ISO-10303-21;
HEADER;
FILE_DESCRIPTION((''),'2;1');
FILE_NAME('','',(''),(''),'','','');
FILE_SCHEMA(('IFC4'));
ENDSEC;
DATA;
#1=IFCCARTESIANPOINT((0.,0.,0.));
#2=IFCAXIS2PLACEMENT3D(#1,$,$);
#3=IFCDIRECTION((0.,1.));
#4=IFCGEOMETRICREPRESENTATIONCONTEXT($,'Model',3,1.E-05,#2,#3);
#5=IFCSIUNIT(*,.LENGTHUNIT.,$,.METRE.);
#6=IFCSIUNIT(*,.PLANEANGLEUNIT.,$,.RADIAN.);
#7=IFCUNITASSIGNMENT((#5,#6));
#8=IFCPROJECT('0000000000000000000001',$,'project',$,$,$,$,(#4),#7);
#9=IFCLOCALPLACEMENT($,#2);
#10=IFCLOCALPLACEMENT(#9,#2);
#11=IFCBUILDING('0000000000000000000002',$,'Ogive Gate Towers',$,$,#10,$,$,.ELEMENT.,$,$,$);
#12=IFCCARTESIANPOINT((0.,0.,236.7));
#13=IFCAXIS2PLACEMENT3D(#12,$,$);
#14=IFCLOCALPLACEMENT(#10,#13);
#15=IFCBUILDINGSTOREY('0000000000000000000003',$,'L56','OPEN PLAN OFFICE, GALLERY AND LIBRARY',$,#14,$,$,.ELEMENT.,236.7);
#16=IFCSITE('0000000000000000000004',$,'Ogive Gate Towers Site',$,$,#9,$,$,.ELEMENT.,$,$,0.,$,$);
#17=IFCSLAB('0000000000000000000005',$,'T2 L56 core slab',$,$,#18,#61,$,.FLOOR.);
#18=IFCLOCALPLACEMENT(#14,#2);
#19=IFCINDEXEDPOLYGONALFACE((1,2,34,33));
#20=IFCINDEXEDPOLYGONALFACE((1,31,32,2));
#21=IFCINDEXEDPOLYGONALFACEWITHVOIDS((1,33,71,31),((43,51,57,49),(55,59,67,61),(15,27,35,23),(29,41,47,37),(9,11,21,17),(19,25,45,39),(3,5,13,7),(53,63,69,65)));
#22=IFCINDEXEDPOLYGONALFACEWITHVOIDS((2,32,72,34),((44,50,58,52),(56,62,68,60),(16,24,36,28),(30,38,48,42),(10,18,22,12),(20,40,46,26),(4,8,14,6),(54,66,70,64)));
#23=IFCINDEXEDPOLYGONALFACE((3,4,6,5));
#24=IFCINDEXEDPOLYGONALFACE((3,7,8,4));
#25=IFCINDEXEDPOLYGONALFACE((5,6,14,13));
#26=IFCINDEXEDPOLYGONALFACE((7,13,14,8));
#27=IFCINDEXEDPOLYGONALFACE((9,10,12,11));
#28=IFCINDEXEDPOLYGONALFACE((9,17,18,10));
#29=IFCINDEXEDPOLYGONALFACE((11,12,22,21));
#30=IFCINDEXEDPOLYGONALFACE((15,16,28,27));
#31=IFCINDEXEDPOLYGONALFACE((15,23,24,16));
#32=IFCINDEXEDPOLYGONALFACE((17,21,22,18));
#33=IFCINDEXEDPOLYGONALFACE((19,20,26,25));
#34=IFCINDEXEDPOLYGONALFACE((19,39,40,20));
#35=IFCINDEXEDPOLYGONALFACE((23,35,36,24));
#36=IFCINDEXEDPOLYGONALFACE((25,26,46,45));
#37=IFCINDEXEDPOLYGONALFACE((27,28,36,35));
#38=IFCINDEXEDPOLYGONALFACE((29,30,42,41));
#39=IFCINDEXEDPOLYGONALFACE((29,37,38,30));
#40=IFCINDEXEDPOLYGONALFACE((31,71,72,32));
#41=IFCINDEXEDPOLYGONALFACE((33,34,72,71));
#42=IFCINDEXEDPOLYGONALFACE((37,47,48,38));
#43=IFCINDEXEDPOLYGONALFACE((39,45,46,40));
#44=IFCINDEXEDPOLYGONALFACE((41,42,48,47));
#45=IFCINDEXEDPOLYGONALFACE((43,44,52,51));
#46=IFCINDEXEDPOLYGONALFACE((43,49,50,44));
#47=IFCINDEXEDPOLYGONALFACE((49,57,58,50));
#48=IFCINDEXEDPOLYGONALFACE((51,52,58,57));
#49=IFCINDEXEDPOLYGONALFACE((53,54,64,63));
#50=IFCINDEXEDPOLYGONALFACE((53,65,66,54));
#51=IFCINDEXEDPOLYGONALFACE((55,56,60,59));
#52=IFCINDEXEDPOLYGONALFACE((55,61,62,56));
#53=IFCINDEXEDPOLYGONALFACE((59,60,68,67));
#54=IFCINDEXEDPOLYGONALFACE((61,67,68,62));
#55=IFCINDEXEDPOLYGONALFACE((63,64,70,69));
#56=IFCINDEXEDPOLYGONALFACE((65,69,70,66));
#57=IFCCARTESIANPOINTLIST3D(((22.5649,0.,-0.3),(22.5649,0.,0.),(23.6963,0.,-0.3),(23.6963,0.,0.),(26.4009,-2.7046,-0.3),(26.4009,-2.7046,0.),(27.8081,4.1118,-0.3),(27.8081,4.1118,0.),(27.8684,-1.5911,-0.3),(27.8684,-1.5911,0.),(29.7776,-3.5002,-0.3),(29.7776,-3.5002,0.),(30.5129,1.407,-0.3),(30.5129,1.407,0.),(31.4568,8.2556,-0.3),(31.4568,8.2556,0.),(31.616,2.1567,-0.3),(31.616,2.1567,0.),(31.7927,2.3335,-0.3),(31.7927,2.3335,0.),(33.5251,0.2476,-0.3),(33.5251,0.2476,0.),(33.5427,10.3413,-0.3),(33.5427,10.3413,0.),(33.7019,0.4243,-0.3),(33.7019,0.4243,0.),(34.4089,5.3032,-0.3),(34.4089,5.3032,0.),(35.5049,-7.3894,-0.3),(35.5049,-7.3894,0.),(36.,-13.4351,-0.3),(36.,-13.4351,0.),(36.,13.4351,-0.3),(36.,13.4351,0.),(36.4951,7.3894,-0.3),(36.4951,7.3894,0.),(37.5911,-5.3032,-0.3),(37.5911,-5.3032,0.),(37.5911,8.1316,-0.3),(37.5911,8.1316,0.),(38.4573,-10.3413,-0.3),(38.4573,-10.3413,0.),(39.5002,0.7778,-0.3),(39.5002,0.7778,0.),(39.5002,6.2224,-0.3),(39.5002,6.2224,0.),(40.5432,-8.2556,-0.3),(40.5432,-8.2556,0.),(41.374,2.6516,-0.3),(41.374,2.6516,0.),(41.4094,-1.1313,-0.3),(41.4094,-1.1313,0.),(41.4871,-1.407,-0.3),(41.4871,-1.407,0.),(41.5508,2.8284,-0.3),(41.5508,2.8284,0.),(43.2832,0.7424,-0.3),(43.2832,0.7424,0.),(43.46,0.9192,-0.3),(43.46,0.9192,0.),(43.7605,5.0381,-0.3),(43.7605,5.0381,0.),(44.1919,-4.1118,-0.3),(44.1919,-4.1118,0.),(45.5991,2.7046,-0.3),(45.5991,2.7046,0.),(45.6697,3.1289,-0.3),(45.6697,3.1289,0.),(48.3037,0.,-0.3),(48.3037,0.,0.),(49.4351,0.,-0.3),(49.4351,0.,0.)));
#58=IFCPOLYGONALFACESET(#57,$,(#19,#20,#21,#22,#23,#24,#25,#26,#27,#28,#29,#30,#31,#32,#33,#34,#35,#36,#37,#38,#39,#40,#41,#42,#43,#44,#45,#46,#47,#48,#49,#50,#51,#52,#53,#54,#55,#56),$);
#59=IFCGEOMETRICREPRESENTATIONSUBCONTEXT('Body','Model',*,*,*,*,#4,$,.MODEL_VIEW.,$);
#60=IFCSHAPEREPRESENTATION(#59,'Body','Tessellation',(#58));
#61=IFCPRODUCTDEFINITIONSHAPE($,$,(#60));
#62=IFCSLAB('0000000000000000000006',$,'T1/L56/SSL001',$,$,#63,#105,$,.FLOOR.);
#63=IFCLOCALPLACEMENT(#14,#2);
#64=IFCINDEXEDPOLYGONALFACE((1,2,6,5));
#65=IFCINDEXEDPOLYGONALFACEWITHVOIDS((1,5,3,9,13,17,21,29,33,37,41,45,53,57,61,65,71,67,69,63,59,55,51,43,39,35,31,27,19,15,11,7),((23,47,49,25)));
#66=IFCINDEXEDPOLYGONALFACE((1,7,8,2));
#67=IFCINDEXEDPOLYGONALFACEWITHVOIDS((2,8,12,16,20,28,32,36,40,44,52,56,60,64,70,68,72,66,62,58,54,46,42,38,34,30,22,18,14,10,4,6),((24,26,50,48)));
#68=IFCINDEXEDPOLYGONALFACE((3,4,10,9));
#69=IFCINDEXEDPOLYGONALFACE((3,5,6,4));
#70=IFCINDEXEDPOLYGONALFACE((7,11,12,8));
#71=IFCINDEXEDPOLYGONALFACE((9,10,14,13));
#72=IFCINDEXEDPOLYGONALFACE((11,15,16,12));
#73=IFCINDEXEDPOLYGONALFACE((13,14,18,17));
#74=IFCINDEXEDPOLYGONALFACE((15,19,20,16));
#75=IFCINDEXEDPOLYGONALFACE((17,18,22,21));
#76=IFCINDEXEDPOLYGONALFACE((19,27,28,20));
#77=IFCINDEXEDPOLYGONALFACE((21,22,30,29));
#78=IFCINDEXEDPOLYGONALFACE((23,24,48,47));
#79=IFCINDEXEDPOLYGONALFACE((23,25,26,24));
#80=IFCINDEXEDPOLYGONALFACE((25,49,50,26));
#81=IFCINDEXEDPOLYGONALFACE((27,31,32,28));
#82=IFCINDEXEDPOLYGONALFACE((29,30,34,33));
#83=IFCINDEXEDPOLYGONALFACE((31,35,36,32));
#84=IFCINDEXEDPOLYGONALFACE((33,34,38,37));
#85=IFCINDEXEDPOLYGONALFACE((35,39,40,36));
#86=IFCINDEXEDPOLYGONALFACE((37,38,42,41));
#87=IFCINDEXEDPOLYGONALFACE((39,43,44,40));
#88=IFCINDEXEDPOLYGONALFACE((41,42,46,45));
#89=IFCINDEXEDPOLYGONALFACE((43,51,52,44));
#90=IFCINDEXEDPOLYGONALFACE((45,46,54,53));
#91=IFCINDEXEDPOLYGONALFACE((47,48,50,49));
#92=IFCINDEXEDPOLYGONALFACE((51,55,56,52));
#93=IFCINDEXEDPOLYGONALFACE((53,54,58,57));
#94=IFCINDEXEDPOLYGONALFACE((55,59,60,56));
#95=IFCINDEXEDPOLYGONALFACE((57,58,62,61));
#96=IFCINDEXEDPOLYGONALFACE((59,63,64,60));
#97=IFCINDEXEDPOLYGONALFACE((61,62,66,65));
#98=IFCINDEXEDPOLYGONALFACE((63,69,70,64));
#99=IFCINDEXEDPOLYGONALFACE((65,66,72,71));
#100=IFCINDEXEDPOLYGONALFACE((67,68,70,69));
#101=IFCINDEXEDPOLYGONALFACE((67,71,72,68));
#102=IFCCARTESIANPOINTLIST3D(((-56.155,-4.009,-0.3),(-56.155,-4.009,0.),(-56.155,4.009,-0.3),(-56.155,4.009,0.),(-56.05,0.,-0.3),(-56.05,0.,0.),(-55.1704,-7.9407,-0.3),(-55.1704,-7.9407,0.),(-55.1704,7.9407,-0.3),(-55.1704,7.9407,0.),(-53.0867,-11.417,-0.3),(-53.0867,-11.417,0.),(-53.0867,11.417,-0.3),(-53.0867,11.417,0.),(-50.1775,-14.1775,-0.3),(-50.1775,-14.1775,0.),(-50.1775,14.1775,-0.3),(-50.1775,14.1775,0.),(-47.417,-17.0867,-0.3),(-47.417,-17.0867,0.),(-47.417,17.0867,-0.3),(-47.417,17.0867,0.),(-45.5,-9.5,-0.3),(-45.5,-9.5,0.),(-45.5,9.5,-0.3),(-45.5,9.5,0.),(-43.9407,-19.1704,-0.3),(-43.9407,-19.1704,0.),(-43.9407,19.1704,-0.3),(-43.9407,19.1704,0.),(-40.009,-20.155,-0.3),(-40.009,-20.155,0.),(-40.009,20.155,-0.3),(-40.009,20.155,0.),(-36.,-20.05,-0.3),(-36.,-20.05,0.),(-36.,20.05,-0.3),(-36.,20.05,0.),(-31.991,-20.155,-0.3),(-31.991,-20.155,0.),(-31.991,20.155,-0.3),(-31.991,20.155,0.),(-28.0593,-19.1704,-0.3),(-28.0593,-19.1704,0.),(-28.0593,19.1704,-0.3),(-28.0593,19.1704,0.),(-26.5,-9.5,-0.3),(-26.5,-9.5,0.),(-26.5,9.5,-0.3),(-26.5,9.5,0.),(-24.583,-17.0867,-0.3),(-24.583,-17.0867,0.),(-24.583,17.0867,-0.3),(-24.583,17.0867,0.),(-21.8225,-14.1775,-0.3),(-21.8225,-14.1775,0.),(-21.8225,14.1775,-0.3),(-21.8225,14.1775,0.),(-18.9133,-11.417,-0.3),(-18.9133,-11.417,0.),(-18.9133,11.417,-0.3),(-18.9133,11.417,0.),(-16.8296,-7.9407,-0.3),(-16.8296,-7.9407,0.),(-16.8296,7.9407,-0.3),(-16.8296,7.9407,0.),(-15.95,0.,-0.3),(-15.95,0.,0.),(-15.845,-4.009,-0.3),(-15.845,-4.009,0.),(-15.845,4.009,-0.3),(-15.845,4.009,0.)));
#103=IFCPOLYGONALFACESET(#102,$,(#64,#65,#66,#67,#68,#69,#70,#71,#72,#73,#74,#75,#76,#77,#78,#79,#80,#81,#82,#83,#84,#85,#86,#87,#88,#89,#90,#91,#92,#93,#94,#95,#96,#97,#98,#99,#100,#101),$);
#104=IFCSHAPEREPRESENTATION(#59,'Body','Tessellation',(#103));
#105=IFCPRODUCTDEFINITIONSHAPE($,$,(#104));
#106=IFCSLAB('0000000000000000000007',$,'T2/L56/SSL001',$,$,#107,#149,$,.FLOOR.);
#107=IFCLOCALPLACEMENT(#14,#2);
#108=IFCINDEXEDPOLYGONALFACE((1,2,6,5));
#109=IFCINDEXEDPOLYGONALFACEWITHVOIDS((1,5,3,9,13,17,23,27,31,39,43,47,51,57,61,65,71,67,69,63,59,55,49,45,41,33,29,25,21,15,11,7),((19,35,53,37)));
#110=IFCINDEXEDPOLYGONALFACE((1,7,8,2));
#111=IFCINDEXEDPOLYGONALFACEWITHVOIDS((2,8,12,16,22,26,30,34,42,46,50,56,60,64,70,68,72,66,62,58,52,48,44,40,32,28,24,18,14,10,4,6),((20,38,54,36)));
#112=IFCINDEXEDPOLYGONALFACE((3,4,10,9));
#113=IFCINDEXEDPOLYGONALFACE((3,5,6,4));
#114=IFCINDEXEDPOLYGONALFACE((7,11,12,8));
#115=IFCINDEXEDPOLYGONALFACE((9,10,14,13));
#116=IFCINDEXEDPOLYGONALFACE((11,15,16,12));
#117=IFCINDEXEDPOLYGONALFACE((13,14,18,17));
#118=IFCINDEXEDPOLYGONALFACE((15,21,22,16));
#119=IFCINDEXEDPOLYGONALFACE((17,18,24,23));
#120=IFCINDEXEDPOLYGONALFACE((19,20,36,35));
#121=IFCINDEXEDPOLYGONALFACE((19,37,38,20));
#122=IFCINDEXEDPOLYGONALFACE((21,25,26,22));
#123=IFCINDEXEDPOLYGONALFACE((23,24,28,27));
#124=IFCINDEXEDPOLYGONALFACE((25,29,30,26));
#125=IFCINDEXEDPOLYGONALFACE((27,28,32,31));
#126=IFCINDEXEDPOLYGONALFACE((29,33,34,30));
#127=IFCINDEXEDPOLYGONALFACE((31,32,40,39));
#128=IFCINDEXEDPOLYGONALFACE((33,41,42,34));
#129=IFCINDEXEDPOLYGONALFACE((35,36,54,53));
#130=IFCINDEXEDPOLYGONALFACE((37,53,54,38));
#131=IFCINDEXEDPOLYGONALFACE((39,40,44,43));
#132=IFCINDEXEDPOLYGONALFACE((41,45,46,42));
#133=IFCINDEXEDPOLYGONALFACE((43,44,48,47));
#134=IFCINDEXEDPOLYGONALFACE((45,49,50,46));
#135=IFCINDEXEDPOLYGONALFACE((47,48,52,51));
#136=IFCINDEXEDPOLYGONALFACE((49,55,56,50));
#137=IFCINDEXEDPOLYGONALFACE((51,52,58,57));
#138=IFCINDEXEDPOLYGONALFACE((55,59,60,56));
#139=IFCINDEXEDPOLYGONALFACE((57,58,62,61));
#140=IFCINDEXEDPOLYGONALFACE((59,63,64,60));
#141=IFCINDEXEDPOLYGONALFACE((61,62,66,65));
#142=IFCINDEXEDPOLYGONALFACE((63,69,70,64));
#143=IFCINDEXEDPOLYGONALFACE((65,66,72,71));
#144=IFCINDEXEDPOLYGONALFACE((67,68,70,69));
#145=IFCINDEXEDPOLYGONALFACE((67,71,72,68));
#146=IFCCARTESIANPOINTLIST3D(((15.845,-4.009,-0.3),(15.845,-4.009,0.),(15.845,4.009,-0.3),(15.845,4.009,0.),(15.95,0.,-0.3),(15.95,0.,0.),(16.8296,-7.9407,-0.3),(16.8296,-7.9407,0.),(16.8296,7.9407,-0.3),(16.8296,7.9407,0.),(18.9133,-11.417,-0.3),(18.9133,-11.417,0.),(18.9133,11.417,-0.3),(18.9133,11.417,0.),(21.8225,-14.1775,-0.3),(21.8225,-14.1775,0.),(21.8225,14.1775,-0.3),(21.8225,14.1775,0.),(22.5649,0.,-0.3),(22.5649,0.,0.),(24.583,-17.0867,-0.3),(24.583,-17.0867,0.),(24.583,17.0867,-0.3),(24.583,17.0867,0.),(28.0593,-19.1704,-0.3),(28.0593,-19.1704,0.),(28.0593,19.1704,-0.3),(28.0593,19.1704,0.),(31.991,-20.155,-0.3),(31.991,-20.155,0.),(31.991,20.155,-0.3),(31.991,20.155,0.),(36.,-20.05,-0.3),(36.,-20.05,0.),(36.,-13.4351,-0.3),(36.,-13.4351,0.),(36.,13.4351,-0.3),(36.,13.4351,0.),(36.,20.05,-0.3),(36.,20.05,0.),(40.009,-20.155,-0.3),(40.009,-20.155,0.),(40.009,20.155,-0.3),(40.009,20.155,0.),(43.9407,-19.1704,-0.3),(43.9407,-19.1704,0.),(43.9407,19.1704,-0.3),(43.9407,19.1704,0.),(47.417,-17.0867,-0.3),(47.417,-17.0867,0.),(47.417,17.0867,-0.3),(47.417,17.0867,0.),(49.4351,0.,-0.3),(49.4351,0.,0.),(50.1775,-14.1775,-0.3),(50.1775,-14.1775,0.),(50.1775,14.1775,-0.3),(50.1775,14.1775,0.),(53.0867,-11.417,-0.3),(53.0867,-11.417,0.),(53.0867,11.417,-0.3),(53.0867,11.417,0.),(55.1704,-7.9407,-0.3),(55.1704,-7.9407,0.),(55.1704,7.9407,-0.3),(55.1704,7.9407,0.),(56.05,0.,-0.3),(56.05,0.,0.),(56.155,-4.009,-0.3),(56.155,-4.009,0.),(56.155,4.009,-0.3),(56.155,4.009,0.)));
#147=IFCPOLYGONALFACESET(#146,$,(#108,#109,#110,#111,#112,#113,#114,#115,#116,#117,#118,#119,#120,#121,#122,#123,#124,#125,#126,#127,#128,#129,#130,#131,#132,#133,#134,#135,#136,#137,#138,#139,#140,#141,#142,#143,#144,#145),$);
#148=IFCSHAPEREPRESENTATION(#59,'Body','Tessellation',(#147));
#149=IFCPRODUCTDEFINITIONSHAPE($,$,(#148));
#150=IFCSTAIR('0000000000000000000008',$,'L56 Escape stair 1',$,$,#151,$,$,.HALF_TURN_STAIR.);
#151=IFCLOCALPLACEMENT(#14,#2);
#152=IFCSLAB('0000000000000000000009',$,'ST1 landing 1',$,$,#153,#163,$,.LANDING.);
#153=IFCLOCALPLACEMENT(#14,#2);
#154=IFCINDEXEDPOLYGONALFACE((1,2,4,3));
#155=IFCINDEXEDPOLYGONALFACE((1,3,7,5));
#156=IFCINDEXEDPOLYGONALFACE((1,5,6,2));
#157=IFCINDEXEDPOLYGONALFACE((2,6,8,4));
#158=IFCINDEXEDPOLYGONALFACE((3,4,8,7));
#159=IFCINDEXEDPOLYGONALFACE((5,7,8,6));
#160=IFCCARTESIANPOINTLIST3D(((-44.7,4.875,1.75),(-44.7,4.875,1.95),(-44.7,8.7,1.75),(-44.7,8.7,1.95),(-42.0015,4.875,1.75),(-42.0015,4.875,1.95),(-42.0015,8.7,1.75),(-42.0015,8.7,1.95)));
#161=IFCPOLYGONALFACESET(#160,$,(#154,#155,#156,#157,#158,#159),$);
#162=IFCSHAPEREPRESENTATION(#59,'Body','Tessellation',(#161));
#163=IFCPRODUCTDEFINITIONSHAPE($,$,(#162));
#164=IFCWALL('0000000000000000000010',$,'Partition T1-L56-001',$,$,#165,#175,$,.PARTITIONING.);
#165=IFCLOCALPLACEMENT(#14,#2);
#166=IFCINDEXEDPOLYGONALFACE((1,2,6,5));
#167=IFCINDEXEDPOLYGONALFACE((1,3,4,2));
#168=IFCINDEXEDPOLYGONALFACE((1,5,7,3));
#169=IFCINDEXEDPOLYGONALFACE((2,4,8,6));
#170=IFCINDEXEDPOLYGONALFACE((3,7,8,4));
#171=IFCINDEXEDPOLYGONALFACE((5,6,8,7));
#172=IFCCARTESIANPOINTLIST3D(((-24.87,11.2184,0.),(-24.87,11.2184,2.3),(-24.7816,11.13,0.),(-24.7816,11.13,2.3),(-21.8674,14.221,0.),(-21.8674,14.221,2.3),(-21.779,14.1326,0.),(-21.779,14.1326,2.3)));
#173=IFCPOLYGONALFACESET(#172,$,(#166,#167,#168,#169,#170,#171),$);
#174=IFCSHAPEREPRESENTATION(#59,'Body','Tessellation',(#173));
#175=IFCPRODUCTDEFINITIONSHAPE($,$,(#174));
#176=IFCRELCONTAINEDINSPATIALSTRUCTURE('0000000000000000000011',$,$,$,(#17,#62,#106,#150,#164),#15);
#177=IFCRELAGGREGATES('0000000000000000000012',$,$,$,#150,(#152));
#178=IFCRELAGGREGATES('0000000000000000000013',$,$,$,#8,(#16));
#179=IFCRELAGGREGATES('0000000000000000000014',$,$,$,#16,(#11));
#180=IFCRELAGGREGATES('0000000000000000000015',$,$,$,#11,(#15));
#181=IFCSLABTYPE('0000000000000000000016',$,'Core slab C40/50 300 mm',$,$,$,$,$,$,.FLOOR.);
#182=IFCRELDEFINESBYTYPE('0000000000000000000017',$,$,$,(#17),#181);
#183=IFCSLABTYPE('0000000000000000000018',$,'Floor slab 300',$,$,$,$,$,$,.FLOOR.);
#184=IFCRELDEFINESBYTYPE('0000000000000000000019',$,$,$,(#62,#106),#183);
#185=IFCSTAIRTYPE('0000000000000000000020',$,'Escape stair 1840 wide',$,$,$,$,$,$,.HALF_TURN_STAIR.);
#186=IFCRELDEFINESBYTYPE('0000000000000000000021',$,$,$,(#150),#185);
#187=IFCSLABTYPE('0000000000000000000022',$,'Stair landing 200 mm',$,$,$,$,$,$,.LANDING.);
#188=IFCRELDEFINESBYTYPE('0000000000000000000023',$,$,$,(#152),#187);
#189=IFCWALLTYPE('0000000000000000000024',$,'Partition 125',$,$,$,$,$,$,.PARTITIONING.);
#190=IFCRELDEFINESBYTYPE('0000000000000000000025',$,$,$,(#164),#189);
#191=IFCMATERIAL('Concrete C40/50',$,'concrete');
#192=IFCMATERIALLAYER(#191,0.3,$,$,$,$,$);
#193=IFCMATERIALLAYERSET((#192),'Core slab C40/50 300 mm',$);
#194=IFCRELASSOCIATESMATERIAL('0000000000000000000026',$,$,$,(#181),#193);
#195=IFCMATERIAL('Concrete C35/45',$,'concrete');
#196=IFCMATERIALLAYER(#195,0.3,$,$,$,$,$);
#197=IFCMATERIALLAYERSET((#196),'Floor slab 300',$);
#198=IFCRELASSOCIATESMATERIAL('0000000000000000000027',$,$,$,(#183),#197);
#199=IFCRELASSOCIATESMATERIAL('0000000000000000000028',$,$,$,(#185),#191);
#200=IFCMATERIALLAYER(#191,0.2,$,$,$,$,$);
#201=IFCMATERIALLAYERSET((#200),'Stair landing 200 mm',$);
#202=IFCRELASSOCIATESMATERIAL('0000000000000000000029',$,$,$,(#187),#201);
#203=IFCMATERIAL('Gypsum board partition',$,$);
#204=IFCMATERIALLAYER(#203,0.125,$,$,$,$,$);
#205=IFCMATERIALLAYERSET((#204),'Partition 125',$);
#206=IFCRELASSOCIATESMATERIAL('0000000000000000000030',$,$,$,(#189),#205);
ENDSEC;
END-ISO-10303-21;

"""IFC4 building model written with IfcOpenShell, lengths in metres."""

from ifc_helpers import new_model, si_unit, direction, frame, frame_2d, origin, place, context, subcontext, project, spatial, polyline, rectangle, outline, extrude, material, layer, layer_set, type_object, element, aggregate, save


model = new_model("IFC4")

# Units and contexts
model_context = context("Model", 3, precision=1e-05, world=origin(), true_north=direction((0.0, 1.0)))
body_context = subcontext(model_context, "Body", "Model", "MODEL_VIEW")
ifc_project = project(units=[si_unit("LENGTHUNIT", "METRE"), si_unit("PLANEANGLEUNIT", "RADIAN")], contexts=[model_context])

# Site, building, storey
site_placement = place(None, origin())
site = spatial("IfcSite", under=ifc_project, at=site_placement, Name="Ogive Gate Towers Site", CompositionType="ELEMENT", RefElevation=0.0)
building_placement = place(site_placement, origin())
building = spatial("IfcBuilding", under=site, at=building_placement, Name="Ogive Gate Towers", CompositionType="ELEMENT")
storey_placement = place(building_placement, frame((0.0, 0.0, 236.7)))
storey = spatial("IfcBuildingStorey", under=building, at=storey_placement, Name="L56", Description="OPEN PLAN OFFICE, GALLERY AND LIBRARY", CompositionType="ELEMENT", Elevation=236.7)

# Slabs
ifc_material_1 = material(Name="Concrete C40/50", Category="concrete")
ifc_layer_1 = layer(ifc_material_1, 0.3)
ifc_layer_set_1 = layer_set([ifc_layer_1], Name="Core slab C40/50 300 mm")
slab_type_1 = type_object("IfcSlabType", Name="Core slab C40/50 300 mm", PredefinedType="FLOOR", material=ifc_layer_set_1)
slab_1_placement = place(storey_placement, frame((0.0, 0.0, -0.3)))
element("IfcSlab", 1, at=slab_1_placement, inside=storey, type_object=slab_type_1, Name="T2 L56 core slab", PredefinedType="FLOOR", context=body_context, shape_type="SweptSolid", body=[
    extrude(outline(polyline([(36.0, -13.4351), (22.5649, 0.0), (36.0, 13.4351), (49.4351, 0.0), (36.0, -13.4351)]), holes=[polyline([(29.7776, -3.5002), (33.5251, 0.2476), (31.616, 2.1567), (27.8684, -1.5911), (29.7776, -3.5002)]), polyline([(31.7927, 2.3335), (33.7019, 0.4243), (39.5002, 6.2224), (37.5911, 8.1316), (31.7927, 2.3335)]), polyline([(41.374, 2.6516), (39.5002, 0.7778), (41.4094, -1.1313), (43.2832, 0.7424), (41.374, 2.6516)]), polyline([(45.6697, 3.1289), (43.7605, 5.0381), (41.5508, 2.8284), (43.46, 0.9192), (45.6697, 3.1289)]), polyline([(34.4089, 5.3032), (36.4951, 7.3894), (33.5427, 10.3413), (31.4568, 8.2556), (34.4089, 5.3032)]), polyline([(35.5049, -7.3894), (38.4573, -10.3413), (40.5432, -8.2556), (37.5911, -5.3032), (35.5049, -7.3894)]), polyline([(26.4009, -2.7046), (30.5129, 1.407), (27.8081, 4.1118), (23.6963, 0.0), (26.4009, -2.7046)]), polyline([(48.3037, 0.0), (45.5991, 2.7046), (41.4871, -1.407), (44.1919, -4.1118), (48.3037, 0.0)])]), origin(), (0.0, 0.0, 1.0), 0.3),
])
ifc_material_2 = material(Name="Concrete C35/45", Category="concrete")
ifc_layer_2 = layer(ifc_material_2, 0.3)
ifc_layer_set_2 = layer_set([ifc_layer_2], Name="Floor slab 300")
slab_type_2 = type_object("IfcSlabType", Name="Floor slab 300", PredefinedType="FLOOR", material=ifc_layer_set_2)
slab_2_placement = place(storey_placement, frame((0.0, 0.0, -0.3)))
element("IfcSlab", 2, at=slab_2_placement, inside=storey, type_object=slab_type_2, Name="T1/L56/SSL001", PredefinedType="FLOOR", context=body_context, shape_type="SweptSolid", body=[
    extrude(outline(polyline([(-15.845, -4.009), (-15.95, 0.0), (-15.845, 4.009), (-16.8296, 7.9407), (-18.9133, 11.417), (-21.8225, 14.1775), (-24.583, 17.0867), (-28.0593, 19.1704), (-31.991, 20.155), (-36.0, 20.05), (-40.009, 20.155), (-43.9407, 19.1704), (-47.417, 17.0867), (-50.1775, 14.1775), (-53.0867, 11.417), (-55.1704, 7.9407), (-56.155, 4.009), (-56.05, 0.0), (-56.155, -4.009), (-55.1704, -7.9407), (-53.0867, -11.417), (-50.1775, -14.1775), (-47.417, -17.0867), (-43.9407, -19.1704), (-40.009, -20.155), (-36.0, -20.05), (-31.991, -20.155), (-28.0593, -19.1704), (-24.583, -17.0867), (-21.8225, -14.1775), (-18.9133, -11.417), (-16.8296, -7.9407), (-15.845, -4.009)]), holes=[polyline([(-26.5, -9.5), (-45.5, -9.5), (-45.5, 9.5), (-26.5, 9.5), (-26.5, -9.5)])]), origin(), (0.0, 0.0, 1.0), 0.3),
])
slab_3_placement = place(storey_placement, frame((0.0, 0.0, -0.3)))
element("IfcSlab", 3, at=slab_3_placement, inside=storey, type_object=slab_type_2, Name="T2/L56/SSL001", PredefinedType="FLOOR", context=body_context, shape_type="SweptSolid", body=[
    extrude(outline(polyline([(56.155, -4.009), (56.05, 0.0), (56.155, 4.009), (55.1704, 7.9407), (53.0867, 11.417), (50.1775, 14.1775), (47.417, 17.0867), (43.9407, 19.1704), (40.009, 20.155), (36.0, 20.05), (31.991, 20.155), (28.0593, 19.1704), (24.583, 17.0867), (21.8225, 14.1775), (18.9133, 11.417), (16.8296, 7.9407), (15.845, 4.009), (15.95, 0.0), (15.845, -4.009), (16.8296, -7.9407), (18.9133, -11.417), (21.8225, -14.1775), (24.583, -17.0867), (28.0593, -19.1704), (31.991, -20.155), (36.0, -20.05), (40.009, -20.155), (43.9407, -19.1704), (47.417, -17.0867), (50.1775, -14.1775), (53.0867, -11.417), (55.1704, -7.9407), (56.155, -4.009)]), holes=[polyline([(49.4351, 0.0), (36.0, -13.4351), (22.5649, 0.0), (36.0, 13.4351), (49.4351, 0.0)])]), origin(), (0.0, 0.0, 1.0), 0.3),
])

# Stair, slab
stair_type = type_object("IfcStairType", Name="Escape stair 1840 wide", PredefinedType="HALF_TURN_STAIR", material=ifc_material_1)
stair_placement = place(storey_placement, origin())
stair = element("IfcStair", 4, at=stair_placement, inside=storey, type_object=stair_type, Name="L56 Escape stair 1", PredefinedType="HALF_TURN_STAIR")
ifc_layer_3 = layer(ifc_material_1, 0.2)
ifc_layer_set_3 = layer_set([ifc_layer_3], Name="Stair landing 200 mm")
slab_type_3 = type_object("IfcSlabType", Name="Stair landing 200 mm", PredefinedType="LANDING", material=ifc_layer_set_3)
slab_4_placement = place(storey_placement, frame((0.0, 0.0, 1.75)))
slab_4 = element("IfcSlab", 5, at=slab_4_placement, type_object=slab_type_3, Name="ST1 landing 1", PredefinedType="LANDING", context=body_context, shape_type="SweptSolid", body=[
    extrude(outline(polyline([(-42.0015, 8.7), (-44.7, 8.7), (-44.7, 4.875), (-42.0015, 4.875), (-42.0015, 8.7)])), origin(), (0.0, 0.0, 1.0), 0.2),
])
aggregate(stair, [slab_4])

# Wall
ifc_material_3 = material(Name="Gypsum board partition")
ifc_layer_4 = layer(ifc_material_3, 0.125)
ifc_layer_set_4 = layer_set([ifc_layer_4], Name="Partition 125")
wall_type_1 = type_object("IfcWallType", Name="Partition 125", PredefinedType="PARTITIONING", material=ifc_layer_set_4)
wall_1_placement = place(storey_placement, frame((-21.8232, 14.1768, 0.0), z_axis=(0.0, 0.0, 1.0), x_axis=(-0.707107, -0.707107, 0.0)))
element("IfcWall", 6, at=wall_1_placement, inside=storey, type_object=wall_type_1, Name="Partition T1-L56-001", PredefinedType="PARTITIONING", context=body_context, shape_type="SweptSolid", body=[
    extrude(rectangle(XDim=4.2463, YDim=0.125, at=frame_2d((2.123, 0.0))), origin(), (0.0, 0.0, 1.0), 2.3),
])

save(model, "model.ifc")
